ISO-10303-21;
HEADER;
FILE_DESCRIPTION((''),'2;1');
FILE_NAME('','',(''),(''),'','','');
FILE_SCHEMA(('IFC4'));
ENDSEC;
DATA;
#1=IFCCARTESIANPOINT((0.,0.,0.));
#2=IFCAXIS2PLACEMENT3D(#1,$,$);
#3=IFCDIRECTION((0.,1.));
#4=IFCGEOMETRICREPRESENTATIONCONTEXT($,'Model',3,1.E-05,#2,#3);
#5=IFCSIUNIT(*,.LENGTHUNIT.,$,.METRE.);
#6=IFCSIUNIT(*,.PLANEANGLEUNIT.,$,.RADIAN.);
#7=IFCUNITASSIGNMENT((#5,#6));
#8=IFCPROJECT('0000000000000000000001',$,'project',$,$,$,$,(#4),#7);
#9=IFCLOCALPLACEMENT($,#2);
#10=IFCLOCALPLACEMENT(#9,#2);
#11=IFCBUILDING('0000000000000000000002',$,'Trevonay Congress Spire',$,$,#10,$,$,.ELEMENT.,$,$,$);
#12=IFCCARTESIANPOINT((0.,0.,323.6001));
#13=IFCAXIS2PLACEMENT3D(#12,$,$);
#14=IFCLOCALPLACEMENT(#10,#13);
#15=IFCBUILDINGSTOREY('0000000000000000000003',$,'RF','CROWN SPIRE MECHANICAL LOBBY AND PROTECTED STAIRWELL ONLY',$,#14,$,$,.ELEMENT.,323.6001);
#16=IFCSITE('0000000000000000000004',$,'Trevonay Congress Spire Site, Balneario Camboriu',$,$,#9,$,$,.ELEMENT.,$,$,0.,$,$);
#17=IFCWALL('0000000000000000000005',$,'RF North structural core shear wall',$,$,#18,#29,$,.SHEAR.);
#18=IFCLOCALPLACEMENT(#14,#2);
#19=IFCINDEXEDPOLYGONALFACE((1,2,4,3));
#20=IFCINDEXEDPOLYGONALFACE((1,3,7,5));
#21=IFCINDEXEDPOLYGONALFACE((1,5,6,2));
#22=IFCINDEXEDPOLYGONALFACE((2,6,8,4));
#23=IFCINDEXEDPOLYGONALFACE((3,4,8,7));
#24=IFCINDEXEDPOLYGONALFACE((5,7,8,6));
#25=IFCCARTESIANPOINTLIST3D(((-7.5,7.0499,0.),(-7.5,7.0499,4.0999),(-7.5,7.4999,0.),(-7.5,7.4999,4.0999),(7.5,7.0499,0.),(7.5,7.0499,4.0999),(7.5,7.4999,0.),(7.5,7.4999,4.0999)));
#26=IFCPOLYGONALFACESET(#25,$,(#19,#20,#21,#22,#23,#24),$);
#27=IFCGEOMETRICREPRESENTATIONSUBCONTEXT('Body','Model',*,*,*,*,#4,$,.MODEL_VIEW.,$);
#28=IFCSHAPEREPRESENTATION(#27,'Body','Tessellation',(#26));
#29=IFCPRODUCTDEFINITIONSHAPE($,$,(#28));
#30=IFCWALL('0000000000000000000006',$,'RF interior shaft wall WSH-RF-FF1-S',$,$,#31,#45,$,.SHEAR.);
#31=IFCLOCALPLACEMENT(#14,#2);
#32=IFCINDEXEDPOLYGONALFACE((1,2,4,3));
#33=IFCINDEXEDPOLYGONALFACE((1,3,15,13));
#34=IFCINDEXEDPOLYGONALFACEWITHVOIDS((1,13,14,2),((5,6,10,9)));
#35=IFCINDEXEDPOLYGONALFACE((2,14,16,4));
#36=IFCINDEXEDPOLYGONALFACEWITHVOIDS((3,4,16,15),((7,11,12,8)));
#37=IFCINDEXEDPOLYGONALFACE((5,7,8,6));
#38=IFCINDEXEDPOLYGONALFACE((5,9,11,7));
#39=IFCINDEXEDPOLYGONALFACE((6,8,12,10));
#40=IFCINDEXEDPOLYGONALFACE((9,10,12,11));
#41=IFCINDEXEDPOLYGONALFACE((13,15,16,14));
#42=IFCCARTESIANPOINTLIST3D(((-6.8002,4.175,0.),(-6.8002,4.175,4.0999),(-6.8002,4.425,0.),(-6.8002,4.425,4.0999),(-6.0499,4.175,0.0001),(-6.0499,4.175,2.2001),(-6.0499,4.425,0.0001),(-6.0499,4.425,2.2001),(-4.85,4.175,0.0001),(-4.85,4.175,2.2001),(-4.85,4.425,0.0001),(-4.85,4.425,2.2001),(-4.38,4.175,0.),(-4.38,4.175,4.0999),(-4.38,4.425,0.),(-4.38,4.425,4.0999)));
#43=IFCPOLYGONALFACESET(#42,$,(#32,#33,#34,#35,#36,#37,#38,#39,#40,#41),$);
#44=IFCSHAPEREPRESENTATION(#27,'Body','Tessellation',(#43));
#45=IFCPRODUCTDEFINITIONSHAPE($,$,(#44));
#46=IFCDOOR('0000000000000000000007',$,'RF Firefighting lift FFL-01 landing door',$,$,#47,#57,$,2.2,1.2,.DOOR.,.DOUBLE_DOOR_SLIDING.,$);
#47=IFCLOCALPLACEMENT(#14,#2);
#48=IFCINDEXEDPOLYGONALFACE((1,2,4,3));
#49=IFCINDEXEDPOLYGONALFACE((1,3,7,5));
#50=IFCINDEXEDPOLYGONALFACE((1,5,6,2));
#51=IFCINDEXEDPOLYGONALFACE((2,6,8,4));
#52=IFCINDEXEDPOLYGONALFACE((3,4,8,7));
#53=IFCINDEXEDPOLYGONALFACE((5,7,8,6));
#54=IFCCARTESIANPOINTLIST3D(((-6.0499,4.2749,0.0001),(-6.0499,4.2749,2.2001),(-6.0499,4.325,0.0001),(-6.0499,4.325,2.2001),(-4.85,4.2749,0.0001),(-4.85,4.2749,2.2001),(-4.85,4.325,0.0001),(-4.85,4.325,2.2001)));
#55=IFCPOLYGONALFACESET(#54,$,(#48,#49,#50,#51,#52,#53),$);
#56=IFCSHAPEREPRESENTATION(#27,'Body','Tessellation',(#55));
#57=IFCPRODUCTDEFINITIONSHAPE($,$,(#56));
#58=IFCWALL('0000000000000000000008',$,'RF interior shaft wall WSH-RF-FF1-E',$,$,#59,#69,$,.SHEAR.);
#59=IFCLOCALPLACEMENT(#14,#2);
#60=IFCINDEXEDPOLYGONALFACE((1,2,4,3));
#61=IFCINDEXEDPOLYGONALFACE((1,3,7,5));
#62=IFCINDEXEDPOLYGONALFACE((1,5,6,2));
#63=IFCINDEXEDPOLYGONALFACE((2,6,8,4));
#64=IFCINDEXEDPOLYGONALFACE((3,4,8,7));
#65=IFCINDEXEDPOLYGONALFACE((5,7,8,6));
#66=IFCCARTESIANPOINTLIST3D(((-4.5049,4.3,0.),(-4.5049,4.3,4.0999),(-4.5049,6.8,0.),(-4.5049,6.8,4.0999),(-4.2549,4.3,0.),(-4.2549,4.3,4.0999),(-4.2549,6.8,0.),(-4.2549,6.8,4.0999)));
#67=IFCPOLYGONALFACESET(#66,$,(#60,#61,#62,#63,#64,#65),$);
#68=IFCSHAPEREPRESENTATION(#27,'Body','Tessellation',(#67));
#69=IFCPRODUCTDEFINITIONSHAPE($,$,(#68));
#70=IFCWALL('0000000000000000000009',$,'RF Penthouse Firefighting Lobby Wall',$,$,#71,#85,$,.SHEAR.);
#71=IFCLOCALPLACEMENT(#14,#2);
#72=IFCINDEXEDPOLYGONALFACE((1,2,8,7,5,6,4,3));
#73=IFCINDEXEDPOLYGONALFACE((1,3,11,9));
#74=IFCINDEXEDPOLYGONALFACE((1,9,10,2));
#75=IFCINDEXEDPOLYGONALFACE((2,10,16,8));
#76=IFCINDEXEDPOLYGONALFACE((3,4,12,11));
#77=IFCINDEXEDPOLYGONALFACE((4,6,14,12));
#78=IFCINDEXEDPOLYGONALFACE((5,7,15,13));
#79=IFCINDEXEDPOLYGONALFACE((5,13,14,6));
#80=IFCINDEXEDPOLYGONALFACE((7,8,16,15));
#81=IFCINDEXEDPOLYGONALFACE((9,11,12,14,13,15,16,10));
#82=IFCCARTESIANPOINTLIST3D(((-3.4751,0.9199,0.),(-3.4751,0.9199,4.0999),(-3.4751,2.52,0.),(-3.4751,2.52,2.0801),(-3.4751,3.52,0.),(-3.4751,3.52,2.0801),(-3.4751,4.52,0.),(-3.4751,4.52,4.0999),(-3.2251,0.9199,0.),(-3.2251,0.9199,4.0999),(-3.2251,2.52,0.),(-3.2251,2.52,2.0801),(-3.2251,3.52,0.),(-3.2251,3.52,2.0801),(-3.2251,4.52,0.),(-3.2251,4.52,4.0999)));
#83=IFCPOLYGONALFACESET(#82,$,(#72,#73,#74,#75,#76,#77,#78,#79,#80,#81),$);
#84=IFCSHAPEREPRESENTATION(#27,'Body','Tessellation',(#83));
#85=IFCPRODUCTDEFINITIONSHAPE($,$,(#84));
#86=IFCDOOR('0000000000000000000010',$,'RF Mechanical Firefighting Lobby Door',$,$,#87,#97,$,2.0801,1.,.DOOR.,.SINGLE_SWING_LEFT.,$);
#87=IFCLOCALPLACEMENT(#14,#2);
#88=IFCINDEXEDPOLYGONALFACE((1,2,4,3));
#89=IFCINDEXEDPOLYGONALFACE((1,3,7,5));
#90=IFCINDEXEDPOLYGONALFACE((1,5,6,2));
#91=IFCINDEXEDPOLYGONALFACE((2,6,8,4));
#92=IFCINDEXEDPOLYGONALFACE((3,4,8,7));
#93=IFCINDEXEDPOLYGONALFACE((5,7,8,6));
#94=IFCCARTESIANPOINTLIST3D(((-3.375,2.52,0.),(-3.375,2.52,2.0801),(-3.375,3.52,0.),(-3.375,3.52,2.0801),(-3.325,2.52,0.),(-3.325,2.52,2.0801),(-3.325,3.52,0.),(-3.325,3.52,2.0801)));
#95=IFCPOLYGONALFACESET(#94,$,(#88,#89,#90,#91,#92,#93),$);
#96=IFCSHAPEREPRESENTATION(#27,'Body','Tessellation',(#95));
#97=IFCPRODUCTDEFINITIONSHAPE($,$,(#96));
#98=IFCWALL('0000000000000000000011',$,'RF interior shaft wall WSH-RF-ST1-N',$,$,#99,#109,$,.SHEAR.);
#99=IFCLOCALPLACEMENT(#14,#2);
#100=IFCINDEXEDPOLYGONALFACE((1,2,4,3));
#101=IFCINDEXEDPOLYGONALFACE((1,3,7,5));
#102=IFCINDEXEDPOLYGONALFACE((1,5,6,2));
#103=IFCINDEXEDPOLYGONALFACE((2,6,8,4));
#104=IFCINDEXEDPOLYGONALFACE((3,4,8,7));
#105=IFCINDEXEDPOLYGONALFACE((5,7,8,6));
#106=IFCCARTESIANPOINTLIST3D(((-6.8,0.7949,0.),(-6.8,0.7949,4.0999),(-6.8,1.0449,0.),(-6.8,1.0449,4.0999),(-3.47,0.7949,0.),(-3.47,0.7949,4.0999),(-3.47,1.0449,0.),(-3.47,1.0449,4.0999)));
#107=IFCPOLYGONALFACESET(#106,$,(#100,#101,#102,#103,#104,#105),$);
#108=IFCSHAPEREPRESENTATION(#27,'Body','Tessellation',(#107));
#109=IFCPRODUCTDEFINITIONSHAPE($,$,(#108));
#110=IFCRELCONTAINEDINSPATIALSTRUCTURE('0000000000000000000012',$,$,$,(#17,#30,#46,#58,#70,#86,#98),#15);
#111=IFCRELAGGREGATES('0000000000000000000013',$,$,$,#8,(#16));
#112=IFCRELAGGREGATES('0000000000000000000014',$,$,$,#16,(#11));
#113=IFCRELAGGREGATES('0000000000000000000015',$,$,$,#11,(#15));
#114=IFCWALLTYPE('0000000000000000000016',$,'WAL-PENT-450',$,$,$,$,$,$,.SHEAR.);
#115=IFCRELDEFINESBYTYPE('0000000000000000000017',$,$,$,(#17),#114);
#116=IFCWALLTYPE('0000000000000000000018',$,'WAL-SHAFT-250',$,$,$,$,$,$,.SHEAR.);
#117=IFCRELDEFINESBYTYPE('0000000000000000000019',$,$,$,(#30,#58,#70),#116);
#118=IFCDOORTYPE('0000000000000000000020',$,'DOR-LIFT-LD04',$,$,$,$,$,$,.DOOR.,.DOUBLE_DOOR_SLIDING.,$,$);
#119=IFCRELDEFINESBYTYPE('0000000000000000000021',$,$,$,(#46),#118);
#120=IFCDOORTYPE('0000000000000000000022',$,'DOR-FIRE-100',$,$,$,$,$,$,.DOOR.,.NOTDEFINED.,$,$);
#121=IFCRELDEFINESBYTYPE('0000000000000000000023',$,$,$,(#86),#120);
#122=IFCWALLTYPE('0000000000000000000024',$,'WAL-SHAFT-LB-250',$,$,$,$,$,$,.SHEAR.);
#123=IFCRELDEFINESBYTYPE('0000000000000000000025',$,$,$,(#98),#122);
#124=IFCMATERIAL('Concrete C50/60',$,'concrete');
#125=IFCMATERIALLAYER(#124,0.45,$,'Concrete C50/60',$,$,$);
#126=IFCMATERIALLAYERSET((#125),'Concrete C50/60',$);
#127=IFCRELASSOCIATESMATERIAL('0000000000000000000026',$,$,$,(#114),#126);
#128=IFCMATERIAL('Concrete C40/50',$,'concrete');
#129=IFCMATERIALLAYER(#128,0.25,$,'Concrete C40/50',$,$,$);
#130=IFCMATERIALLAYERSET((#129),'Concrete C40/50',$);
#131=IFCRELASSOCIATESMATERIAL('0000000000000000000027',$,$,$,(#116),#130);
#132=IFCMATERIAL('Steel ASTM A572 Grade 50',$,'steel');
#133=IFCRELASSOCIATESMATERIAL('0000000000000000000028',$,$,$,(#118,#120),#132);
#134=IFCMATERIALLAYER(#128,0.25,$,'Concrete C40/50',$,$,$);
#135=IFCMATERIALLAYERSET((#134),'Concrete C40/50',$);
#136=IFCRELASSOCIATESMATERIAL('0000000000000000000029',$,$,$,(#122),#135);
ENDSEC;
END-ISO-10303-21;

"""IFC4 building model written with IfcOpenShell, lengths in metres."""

from ifc_helpers import new_model, si_unit, direction, frame, frame_2d, origin, place, context, subcontext, project, spatial, rectangle, extrude, material, layer, layer_set, type_object, element, fill, save


model = new_model("IFC4")

# Units and contexts
model_context = context("Model", 3, precision=1e-05, world=origin(), true_north=direction((0.0, 1.0)))
body_context = subcontext(model_context, "Body", "Model", "MODEL_VIEW")
ifc_project = project(units=[si_unit("LENGTHUNIT", "METRE"), si_unit("PLANEANGLEUNIT", "RADIAN")], contexts=[model_context])

# Site, building, storey
site_placement = place(None, origin())
site = spatial("IfcSite", under=ifc_project, at=site_placement, Name="Trevonay Congress Spire Site, Balneario Camboriu", CompositionType="ELEMENT", RefElevation=0.0)
building_placement = place(site_placement, origin())
building = spatial("IfcBuilding", under=site, at=building_placement, Name="Trevonay Congress Spire", CompositionType="ELEMENT")
storey_placement = place(building_placement, frame((0.0, 0.0, 323.6001)))
storey = spatial("IfcBuildingStorey", under=building, at=storey_placement, Name="RF", Description="CROWN SPIRE MECHANICAL LOBBY AND PROTECTED STAIRWELL ONLY", CompositionType="ELEMENT", Elevation=323.6001)

# Shared definitions
ifc_material_1 = material(Name="Steel ASTM A572 Grade 50", Category="steel")

# Wall
ifc_material_2 = material(Name="Concrete C50/60", Category="concrete")
ifc_layer_1 = layer(ifc_material_2, 0.45, Name="Concrete C50/60")
ifc_layer_set_1 = layer_set([ifc_layer_1], Name="Concrete C50/60")
wall_type_1 = type_object("IfcWallType", Name="WAL-PENT-450", PredefinedType="SHEAR", material=ifc_layer_set_1)
wall_1_placement = place(storey_placement, frame((-7.5, 7.2749, 0.0), z_axis=(0.0, 0.0, 1.0), x_axis=(1.0, 0.0, 0.0)))
element("IfcWall", 1, at=wall_1_placement, inside=storey, type_object=wall_type_1, Name="RF North structural core shear wall", PredefinedType="SHEAR", context=body_context, shape_type="SweptSolid", body=[
    extrude(rectangle(XDim=15.0, YDim=0.45, at=frame_2d((7.5, 0.0))), origin(), (0.0, 0.0, 1.0), 4.0999),
])

# Wall, opening, door
ifc_material_3 = material(Name="Concrete C40/50", Category="concrete")
ifc_layer_2 = layer(ifc_material_3, 0.25, Name="Concrete C40/50")
ifc_layer_set_2 = layer_set([ifc_layer_2], Name="Concrete C40/50")
wall_type_2 = type_object("IfcWallType", Name="WAL-SHAFT-250", PredefinedType="SHEAR", material=ifc_layer_set_2)
wall_2_placement = place(storey_placement, frame((-6.8, 4.3, 0.0), z_axis=(0.0, 0.0, 1.0), x_axis=(1.0, 0.0, 0.0)))
wall_2 = element("IfcWall", 2, at=wall_2_placement, inside=storey, type_object=wall_type_2, Name="RF interior shaft wall WSH-RF-FF1-S", PredefinedType="SHEAR", context=body_context, shape_type="SweptSolid", body=[
    extrude(rectangle(XDim=2.4202, YDim=0.25, at=frame_2d((1.21, 0.0))), origin(), (0.0, 0.0, 1.0), 4.0999),
])
opening_1_placement = place(wall_2_placement, frame((0.75, 0.0, 0.0)))
opening_1 = element("IfcOpeningElement", 3, at=opening_1_placement, cuts=wall_2, PredefinedType="OPENING", context=body_context, shape_type="SweptSolid", body=[
    extrude(rectangle(XDim=1.2, YDim=2.2, at=frame_2d((0.6001, 1.1001))), frame((0.0, 0.135, 0.0), z_axis=(0.0, -1.0, 0.0), x_axis=(1.0, 0.0, 0.0)), (0.0, 0.0, 1.0), 0.27),
])
door_type_1 = type_object("IfcDoorType", Name="DOR-LIFT-LD04", OperationType="DOUBLE_DOOR_SLIDING", PredefinedType="DOOR", material=ifc_material_1)
door_1_placement = place(opening_1_placement, origin())
door_1 = element("IfcDoor", 4, at=door_1_placement, inside=storey, type_object=door_type_1, Name="RF Firefighting lift FFL-01 landing door", OperationType="DOUBLE_DOOR_SLIDING", OverallHeight=2.2, OverallWidth=1.2, PredefinedType="DOOR", context=body_context, shape_type="SweptSolid", body=[
    extrude(rectangle(XDim=1.2, YDim=2.2, at=frame_2d((0.6001, 1.1001))), frame((0.0, 0.0249, 0.0), z_axis=(0.0, -1.0, 0.0), x_axis=(1.0, 0.0, 0.0)), (0.0, 0.0, 1.0), 0.05),
])
fill(opening_1, door_1)

# Wall
wall_3_placement = place(storey_placement, frame((-4.3799, 4.3, 0.0), z_axis=(0.0, 0.0, 1.0), x_axis=(0.0, 1.0, 0.0)))
element("IfcWall", 5, at=wall_3_placement, inside=storey, type_object=wall_type_2, Name="RF interior shaft wall WSH-RF-FF1-E", PredefinedType="SHEAR", context=body_context, shape_type="SweptSolid", body=[
    extrude(rectangle(XDim=2.5, YDim=0.25, at=frame_2d((1.25, 0.0))), origin(), (0.0, 0.0, 1.0), 4.0999),
])

# Wall, opening, door
wall_4_placement = place(storey_placement, frame((-3.3501, 0.9199, 0.0), z_axis=(0.0, 0.0, 1.0), x_axis=(0.0, 1.0, 0.0)))
wall_4 = element("IfcWall", 6, at=wall_4_placement, inside=storey, type_object=wall_type_2, Name="RF Penthouse Firefighting Lobby Wall", PredefinedType="SHEAR", context=body_context, shape_type="SweptSolid", body=[
    extrude(rectangle(XDim=3.6001, YDim=0.25, at=frame_2d((1.8, 0.0))), origin(), (0.0, 0.0, 1.0), 4.0999),
])
opening_2_placement = place(wall_4_placement, frame((1.6001, 0.0, 0.0)))
opening_2 = element("IfcOpeningElement", 7, at=opening_2_placement, cuts=wall_4, PredefinedType="OPENING", context=body_context, shape_type="SweptSolid", body=[
    extrude(rectangle(XDim=1.0, YDim=2.0801, at=frame_2d((0.5, 1.04))), frame((0.0, 0.135, 0.0), z_axis=(0.0, -1.0, 0.0), x_axis=(1.0, 0.0, 0.0)), (0.0, 0.0, 1.0), 0.27),
])
door_type_2 = type_object("IfcDoorType", Name="DOR-FIRE-100", OperationType="NOTDEFINED", PredefinedType="DOOR", material=ifc_material_1)
door_2_placement = place(opening_2_placement, origin())
door_2 = element("IfcDoor", 8, at=door_2_placement, inside=storey, type_object=door_type_2, Name="RF Mechanical Firefighting Lobby Door", OperationType="SINGLE_SWING_LEFT", OverallHeight=2.0801, OverallWidth=1.0, PredefinedType="DOOR", context=body_context, shape_type="SweptSolid", body=[
    extrude(rectangle(XDim=1.0, YDim=2.0801, at=frame_2d((0.5, 1.04))), frame((0.0, 0.0249, 0.0), z_axis=(0.0, -1.0, 0.0), x_axis=(1.0, 0.0, 0.0)), (0.0, 0.0, 1.0), 0.05),
])
fill(opening_2, door_2)

# Wall
ifc_layer_3 = layer(ifc_material_3, 0.25, Name="Concrete C40/50")
ifc_layer_set_3 = layer_set([ifc_layer_3], Name="Concrete C40/50")
wall_type_3 = type_object("IfcWallType", Name="WAL-SHAFT-LB-250", PredefinedType="SHEAR", material=ifc_layer_set_3)
wall_5_placement = place(storey_placement, frame((-6.8, 0.9199, 0.0), z_axis=(0.0, 0.0, 1.0), x_axis=(1.0, 0.0, 0.0)))
element("IfcWall", 9, at=wall_5_placement, inside=storey, type_object=wall_type_3, Name="RF interior shaft wall WSH-RF-ST1-N", PredefinedType="SHEAR", context=body_context, shape_type="SweptSolid", body=[
    extrude(rectangle(XDim=3.3301, YDim=0.25, at=frame_2d((1.665, 0.0))), origin(), (0.0, 0.0, 1.0), 4.0999),
])

save(model, "model.ifc")
